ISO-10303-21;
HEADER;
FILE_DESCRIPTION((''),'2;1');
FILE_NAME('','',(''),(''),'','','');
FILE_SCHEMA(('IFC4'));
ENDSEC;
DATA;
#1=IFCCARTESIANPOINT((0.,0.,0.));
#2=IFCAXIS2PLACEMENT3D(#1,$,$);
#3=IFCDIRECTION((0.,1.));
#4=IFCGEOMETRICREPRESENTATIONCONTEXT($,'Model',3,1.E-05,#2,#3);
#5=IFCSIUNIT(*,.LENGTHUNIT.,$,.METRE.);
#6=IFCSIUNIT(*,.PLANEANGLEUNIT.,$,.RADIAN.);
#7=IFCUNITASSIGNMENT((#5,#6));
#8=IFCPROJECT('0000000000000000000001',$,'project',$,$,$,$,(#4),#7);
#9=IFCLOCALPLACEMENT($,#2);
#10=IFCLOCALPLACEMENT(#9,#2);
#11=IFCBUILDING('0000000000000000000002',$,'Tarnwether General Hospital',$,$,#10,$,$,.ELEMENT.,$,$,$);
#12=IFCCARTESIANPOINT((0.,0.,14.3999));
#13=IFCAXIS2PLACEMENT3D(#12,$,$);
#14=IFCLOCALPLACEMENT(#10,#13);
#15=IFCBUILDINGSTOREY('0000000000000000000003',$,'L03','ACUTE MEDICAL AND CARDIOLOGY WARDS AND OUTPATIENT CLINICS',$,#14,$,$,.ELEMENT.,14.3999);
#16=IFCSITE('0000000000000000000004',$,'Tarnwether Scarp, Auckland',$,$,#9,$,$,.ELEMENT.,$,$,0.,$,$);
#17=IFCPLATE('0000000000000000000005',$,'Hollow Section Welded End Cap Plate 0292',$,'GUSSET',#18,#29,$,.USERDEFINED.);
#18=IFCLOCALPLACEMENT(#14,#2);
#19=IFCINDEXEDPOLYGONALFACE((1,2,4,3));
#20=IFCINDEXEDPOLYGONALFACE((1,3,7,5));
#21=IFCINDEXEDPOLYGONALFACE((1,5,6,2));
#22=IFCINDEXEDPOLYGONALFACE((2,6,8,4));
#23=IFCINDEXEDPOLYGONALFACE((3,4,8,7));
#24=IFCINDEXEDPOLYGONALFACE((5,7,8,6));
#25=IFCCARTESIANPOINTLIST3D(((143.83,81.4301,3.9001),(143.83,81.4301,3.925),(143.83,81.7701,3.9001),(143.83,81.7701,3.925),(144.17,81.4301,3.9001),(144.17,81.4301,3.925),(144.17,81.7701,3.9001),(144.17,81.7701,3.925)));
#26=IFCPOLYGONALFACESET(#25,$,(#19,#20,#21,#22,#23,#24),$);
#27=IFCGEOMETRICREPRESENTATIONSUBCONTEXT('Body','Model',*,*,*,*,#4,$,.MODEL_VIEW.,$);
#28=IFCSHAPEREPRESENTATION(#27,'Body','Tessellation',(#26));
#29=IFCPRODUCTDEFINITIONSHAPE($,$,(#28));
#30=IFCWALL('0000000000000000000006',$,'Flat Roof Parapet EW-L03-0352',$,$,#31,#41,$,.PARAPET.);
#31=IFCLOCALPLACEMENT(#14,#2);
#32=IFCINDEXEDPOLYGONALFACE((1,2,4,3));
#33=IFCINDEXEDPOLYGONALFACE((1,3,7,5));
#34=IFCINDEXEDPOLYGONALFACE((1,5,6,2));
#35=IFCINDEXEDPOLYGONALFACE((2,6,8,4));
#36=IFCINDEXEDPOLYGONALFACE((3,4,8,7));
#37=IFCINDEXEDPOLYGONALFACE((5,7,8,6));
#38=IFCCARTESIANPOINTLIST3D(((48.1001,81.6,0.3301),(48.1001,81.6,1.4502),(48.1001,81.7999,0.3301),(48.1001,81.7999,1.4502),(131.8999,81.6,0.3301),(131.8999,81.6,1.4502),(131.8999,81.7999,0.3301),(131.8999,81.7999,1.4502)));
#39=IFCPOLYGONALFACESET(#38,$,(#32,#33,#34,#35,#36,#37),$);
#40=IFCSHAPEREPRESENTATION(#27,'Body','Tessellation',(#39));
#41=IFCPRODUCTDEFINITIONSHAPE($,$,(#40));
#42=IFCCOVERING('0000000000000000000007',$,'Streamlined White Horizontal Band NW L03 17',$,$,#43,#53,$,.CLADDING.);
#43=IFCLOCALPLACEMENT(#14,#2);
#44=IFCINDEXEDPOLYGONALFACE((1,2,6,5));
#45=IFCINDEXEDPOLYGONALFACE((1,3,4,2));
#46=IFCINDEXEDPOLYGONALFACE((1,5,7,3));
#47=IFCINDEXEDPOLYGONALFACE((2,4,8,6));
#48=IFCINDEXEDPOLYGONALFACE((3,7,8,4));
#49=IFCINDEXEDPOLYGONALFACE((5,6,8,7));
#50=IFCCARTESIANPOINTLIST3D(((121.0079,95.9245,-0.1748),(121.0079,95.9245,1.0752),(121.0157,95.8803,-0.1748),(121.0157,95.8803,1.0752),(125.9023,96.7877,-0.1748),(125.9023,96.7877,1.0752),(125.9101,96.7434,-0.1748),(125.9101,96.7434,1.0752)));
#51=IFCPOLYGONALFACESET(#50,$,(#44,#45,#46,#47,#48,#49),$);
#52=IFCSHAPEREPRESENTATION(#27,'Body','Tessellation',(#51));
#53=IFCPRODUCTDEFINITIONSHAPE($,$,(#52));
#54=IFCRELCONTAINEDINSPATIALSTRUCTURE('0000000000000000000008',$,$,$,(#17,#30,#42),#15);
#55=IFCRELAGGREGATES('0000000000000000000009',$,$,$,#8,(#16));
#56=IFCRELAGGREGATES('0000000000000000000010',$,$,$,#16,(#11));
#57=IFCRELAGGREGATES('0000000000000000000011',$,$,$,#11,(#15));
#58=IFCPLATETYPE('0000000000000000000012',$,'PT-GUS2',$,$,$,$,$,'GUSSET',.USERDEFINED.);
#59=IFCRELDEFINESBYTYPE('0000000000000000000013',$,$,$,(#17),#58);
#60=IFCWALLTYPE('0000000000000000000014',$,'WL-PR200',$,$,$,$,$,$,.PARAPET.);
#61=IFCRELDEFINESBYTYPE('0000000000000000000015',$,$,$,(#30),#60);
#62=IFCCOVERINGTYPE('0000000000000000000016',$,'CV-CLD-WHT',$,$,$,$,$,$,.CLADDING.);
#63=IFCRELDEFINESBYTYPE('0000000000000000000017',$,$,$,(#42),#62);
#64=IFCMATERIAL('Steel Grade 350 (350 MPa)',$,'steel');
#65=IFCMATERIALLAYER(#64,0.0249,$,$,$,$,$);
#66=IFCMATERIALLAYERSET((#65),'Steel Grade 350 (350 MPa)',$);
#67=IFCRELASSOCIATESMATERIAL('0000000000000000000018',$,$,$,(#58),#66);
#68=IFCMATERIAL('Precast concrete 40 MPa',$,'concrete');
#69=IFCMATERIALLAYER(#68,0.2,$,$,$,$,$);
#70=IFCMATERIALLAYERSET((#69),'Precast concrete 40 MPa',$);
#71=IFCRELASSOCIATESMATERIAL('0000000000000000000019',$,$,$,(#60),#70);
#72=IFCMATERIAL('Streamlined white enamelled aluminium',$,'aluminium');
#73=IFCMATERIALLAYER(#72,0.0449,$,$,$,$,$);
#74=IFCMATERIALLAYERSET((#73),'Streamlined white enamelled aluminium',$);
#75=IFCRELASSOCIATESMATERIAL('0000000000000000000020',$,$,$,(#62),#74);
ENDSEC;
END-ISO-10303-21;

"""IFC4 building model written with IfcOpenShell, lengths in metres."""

from ifc_helpers import new_model, si_unit, direction, frame, frame_2d, origin, origin_2d, place, context, subcontext, project, spatial, rectangle, extrude, material, layer, layer_set, type_object, element, save


model = new_model("IFC4")

# Units and contexts
model_context = context("Model", 3, precision=1e-05, world=origin(), true_north=direction((0.0, 1.0)))
body_context = subcontext(model_context, "Body", "Model", "MODEL_VIEW")
ifc_project = project(units=[si_unit("LENGTHUNIT", "METRE"), si_unit("PLANEANGLEUNIT", "RADIAN")], contexts=[model_context])

# Site, building, storey
site_placement = place(None, origin())
site = spatial("IfcSite", under=ifc_project, at=site_placement, Name="Tarnwether Scarp, Auckland", CompositionType="ELEMENT", RefElevation=0.0)
building_placement = place(site_placement, origin())
building = spatial("IfcBuilding", under=site, at=building_placement, Name="Tarnwether General Hospital", CompositionType="ELEMENT")
storey_placement = place(building_placement, frame((0.0, 0.0, 14.3999)))
storey = spatial("IfcBuildingStorey", under=building, at=storey_placement, Name="L03", Description="ACUTE MEDICAL AND CARDIOLOGY WARDS AND OUTPATIENT CLINICS", CompositionType="ELEMENT", Elevation=14.3999)

# Plate
ifc_material_1 = material(Name="Steel Grade 350 (350 MPa)", Category="steel")
ifc_layer_1 = layer(ifc_material_1, 0.0249)
ifc_layer_set_1 = layer_set([ifc_layer_1], Name="Steel Grade 350 (350 MPa)")
plate_type_1 = type_object("IfcPlateType", Name="PT-GUS2", ElementType="GUSSET", PredefinedType="USERDEFINED", material=ifc_layer_set_1)
for number, where, z_axis, x_axis, name in (
    (1, (144.0, 81.6001, 3.9001), (0.0, 0.0, 1.0), (1.0, 0.0, 0.0), "Hollow Section Welded End Cap Plate 0292"),
):
    element("IfcPlate", number, at=place(storey_placement, frame(where, z_axis=z_axis, x_axis=x_axis)), inside=storey, type_object=plate_type_1, Name=name, ObjectType="GUSSET", PredefinedType="USERDEFINED", context=body_context, shape_type="SweptSolid", body=[
        extrude(rectangle(XDim=0.3401, YDim=0.3401, at=origin_2d()), origin(), (0.0, 0.0, 1.0), 0.0249),
    ])

# Wall
ifc_material_2 = material(Name="Precast concrete 40 MPa", Category="concrete")
ifc_layer_2 = layer(ifc_material_2, 0.2)
ifc_layer_set_2 = layer_set([ifc_layer_2], Name="Precast concrete 40 MPa")
wall_type_1 = type_object("IfcWallType", Name="WL-PR200", PredefinedType="PARAPET", material=ifc_layer_set_2)
wall_1_placement = place(storey_placement, frame((131.8999, 81.7, 0.3301), z_axis=(0.0, 0.0, 1.0), x_axis=(-1.0, 0.0, 0.0)))
element("IfcWall", 2, at=wall_1_placement, inside=storey, type_object=wall_type_1, Name="Flat Roof Parapet EW-L03-0352", PredefinedType="PARAPET", context=body_context, shape_type="SweptSolid", body=[
    extrude(rectangle(XDim=83.7998, YDim=0.2, at=frame_2d((41.8999, 0.0))), origin(), (0.0, 0.0, 1.0), 1.1201),
])

# Covering
ifc_material_3 = material(Name="Streamlined white enamelled aluminium", Category="aluminium")
ifc_layer_3 = layer(ifc_material_3, 0.0449)
ifc_layer_set_3 = layer_set([ifc_layer_3], Name="Streamlined white enamelled aluminium")
covering_type = type_object("IfcCoveringType", Name="CV-CLD-WHT", PredefinedType="CLADDING", material=ifc_layer_set_3)
covering_placement = place(storey_placement, frame((123.459, 96.334, -0.1748), z_axis=(0.0, 0.0, 1.0), x_axis=(-0.984805, -0.173665, 0.0)))
element("IfcCovering", 3, at=covering_placement, inside=storey, type_object=covering_type, Name="Streamlined White Horizontal Band NW L03 17", PredefinedType="CLADDING", context=body_context, shape_type="SweptSolid", body=[
    extrude(rectangle(XDim=4.97, YDim=0.0449, at=origin_2d()), origin(), (0.0, 0.0, 1.0), 1.25),
])

save(model, "model.ifc")
